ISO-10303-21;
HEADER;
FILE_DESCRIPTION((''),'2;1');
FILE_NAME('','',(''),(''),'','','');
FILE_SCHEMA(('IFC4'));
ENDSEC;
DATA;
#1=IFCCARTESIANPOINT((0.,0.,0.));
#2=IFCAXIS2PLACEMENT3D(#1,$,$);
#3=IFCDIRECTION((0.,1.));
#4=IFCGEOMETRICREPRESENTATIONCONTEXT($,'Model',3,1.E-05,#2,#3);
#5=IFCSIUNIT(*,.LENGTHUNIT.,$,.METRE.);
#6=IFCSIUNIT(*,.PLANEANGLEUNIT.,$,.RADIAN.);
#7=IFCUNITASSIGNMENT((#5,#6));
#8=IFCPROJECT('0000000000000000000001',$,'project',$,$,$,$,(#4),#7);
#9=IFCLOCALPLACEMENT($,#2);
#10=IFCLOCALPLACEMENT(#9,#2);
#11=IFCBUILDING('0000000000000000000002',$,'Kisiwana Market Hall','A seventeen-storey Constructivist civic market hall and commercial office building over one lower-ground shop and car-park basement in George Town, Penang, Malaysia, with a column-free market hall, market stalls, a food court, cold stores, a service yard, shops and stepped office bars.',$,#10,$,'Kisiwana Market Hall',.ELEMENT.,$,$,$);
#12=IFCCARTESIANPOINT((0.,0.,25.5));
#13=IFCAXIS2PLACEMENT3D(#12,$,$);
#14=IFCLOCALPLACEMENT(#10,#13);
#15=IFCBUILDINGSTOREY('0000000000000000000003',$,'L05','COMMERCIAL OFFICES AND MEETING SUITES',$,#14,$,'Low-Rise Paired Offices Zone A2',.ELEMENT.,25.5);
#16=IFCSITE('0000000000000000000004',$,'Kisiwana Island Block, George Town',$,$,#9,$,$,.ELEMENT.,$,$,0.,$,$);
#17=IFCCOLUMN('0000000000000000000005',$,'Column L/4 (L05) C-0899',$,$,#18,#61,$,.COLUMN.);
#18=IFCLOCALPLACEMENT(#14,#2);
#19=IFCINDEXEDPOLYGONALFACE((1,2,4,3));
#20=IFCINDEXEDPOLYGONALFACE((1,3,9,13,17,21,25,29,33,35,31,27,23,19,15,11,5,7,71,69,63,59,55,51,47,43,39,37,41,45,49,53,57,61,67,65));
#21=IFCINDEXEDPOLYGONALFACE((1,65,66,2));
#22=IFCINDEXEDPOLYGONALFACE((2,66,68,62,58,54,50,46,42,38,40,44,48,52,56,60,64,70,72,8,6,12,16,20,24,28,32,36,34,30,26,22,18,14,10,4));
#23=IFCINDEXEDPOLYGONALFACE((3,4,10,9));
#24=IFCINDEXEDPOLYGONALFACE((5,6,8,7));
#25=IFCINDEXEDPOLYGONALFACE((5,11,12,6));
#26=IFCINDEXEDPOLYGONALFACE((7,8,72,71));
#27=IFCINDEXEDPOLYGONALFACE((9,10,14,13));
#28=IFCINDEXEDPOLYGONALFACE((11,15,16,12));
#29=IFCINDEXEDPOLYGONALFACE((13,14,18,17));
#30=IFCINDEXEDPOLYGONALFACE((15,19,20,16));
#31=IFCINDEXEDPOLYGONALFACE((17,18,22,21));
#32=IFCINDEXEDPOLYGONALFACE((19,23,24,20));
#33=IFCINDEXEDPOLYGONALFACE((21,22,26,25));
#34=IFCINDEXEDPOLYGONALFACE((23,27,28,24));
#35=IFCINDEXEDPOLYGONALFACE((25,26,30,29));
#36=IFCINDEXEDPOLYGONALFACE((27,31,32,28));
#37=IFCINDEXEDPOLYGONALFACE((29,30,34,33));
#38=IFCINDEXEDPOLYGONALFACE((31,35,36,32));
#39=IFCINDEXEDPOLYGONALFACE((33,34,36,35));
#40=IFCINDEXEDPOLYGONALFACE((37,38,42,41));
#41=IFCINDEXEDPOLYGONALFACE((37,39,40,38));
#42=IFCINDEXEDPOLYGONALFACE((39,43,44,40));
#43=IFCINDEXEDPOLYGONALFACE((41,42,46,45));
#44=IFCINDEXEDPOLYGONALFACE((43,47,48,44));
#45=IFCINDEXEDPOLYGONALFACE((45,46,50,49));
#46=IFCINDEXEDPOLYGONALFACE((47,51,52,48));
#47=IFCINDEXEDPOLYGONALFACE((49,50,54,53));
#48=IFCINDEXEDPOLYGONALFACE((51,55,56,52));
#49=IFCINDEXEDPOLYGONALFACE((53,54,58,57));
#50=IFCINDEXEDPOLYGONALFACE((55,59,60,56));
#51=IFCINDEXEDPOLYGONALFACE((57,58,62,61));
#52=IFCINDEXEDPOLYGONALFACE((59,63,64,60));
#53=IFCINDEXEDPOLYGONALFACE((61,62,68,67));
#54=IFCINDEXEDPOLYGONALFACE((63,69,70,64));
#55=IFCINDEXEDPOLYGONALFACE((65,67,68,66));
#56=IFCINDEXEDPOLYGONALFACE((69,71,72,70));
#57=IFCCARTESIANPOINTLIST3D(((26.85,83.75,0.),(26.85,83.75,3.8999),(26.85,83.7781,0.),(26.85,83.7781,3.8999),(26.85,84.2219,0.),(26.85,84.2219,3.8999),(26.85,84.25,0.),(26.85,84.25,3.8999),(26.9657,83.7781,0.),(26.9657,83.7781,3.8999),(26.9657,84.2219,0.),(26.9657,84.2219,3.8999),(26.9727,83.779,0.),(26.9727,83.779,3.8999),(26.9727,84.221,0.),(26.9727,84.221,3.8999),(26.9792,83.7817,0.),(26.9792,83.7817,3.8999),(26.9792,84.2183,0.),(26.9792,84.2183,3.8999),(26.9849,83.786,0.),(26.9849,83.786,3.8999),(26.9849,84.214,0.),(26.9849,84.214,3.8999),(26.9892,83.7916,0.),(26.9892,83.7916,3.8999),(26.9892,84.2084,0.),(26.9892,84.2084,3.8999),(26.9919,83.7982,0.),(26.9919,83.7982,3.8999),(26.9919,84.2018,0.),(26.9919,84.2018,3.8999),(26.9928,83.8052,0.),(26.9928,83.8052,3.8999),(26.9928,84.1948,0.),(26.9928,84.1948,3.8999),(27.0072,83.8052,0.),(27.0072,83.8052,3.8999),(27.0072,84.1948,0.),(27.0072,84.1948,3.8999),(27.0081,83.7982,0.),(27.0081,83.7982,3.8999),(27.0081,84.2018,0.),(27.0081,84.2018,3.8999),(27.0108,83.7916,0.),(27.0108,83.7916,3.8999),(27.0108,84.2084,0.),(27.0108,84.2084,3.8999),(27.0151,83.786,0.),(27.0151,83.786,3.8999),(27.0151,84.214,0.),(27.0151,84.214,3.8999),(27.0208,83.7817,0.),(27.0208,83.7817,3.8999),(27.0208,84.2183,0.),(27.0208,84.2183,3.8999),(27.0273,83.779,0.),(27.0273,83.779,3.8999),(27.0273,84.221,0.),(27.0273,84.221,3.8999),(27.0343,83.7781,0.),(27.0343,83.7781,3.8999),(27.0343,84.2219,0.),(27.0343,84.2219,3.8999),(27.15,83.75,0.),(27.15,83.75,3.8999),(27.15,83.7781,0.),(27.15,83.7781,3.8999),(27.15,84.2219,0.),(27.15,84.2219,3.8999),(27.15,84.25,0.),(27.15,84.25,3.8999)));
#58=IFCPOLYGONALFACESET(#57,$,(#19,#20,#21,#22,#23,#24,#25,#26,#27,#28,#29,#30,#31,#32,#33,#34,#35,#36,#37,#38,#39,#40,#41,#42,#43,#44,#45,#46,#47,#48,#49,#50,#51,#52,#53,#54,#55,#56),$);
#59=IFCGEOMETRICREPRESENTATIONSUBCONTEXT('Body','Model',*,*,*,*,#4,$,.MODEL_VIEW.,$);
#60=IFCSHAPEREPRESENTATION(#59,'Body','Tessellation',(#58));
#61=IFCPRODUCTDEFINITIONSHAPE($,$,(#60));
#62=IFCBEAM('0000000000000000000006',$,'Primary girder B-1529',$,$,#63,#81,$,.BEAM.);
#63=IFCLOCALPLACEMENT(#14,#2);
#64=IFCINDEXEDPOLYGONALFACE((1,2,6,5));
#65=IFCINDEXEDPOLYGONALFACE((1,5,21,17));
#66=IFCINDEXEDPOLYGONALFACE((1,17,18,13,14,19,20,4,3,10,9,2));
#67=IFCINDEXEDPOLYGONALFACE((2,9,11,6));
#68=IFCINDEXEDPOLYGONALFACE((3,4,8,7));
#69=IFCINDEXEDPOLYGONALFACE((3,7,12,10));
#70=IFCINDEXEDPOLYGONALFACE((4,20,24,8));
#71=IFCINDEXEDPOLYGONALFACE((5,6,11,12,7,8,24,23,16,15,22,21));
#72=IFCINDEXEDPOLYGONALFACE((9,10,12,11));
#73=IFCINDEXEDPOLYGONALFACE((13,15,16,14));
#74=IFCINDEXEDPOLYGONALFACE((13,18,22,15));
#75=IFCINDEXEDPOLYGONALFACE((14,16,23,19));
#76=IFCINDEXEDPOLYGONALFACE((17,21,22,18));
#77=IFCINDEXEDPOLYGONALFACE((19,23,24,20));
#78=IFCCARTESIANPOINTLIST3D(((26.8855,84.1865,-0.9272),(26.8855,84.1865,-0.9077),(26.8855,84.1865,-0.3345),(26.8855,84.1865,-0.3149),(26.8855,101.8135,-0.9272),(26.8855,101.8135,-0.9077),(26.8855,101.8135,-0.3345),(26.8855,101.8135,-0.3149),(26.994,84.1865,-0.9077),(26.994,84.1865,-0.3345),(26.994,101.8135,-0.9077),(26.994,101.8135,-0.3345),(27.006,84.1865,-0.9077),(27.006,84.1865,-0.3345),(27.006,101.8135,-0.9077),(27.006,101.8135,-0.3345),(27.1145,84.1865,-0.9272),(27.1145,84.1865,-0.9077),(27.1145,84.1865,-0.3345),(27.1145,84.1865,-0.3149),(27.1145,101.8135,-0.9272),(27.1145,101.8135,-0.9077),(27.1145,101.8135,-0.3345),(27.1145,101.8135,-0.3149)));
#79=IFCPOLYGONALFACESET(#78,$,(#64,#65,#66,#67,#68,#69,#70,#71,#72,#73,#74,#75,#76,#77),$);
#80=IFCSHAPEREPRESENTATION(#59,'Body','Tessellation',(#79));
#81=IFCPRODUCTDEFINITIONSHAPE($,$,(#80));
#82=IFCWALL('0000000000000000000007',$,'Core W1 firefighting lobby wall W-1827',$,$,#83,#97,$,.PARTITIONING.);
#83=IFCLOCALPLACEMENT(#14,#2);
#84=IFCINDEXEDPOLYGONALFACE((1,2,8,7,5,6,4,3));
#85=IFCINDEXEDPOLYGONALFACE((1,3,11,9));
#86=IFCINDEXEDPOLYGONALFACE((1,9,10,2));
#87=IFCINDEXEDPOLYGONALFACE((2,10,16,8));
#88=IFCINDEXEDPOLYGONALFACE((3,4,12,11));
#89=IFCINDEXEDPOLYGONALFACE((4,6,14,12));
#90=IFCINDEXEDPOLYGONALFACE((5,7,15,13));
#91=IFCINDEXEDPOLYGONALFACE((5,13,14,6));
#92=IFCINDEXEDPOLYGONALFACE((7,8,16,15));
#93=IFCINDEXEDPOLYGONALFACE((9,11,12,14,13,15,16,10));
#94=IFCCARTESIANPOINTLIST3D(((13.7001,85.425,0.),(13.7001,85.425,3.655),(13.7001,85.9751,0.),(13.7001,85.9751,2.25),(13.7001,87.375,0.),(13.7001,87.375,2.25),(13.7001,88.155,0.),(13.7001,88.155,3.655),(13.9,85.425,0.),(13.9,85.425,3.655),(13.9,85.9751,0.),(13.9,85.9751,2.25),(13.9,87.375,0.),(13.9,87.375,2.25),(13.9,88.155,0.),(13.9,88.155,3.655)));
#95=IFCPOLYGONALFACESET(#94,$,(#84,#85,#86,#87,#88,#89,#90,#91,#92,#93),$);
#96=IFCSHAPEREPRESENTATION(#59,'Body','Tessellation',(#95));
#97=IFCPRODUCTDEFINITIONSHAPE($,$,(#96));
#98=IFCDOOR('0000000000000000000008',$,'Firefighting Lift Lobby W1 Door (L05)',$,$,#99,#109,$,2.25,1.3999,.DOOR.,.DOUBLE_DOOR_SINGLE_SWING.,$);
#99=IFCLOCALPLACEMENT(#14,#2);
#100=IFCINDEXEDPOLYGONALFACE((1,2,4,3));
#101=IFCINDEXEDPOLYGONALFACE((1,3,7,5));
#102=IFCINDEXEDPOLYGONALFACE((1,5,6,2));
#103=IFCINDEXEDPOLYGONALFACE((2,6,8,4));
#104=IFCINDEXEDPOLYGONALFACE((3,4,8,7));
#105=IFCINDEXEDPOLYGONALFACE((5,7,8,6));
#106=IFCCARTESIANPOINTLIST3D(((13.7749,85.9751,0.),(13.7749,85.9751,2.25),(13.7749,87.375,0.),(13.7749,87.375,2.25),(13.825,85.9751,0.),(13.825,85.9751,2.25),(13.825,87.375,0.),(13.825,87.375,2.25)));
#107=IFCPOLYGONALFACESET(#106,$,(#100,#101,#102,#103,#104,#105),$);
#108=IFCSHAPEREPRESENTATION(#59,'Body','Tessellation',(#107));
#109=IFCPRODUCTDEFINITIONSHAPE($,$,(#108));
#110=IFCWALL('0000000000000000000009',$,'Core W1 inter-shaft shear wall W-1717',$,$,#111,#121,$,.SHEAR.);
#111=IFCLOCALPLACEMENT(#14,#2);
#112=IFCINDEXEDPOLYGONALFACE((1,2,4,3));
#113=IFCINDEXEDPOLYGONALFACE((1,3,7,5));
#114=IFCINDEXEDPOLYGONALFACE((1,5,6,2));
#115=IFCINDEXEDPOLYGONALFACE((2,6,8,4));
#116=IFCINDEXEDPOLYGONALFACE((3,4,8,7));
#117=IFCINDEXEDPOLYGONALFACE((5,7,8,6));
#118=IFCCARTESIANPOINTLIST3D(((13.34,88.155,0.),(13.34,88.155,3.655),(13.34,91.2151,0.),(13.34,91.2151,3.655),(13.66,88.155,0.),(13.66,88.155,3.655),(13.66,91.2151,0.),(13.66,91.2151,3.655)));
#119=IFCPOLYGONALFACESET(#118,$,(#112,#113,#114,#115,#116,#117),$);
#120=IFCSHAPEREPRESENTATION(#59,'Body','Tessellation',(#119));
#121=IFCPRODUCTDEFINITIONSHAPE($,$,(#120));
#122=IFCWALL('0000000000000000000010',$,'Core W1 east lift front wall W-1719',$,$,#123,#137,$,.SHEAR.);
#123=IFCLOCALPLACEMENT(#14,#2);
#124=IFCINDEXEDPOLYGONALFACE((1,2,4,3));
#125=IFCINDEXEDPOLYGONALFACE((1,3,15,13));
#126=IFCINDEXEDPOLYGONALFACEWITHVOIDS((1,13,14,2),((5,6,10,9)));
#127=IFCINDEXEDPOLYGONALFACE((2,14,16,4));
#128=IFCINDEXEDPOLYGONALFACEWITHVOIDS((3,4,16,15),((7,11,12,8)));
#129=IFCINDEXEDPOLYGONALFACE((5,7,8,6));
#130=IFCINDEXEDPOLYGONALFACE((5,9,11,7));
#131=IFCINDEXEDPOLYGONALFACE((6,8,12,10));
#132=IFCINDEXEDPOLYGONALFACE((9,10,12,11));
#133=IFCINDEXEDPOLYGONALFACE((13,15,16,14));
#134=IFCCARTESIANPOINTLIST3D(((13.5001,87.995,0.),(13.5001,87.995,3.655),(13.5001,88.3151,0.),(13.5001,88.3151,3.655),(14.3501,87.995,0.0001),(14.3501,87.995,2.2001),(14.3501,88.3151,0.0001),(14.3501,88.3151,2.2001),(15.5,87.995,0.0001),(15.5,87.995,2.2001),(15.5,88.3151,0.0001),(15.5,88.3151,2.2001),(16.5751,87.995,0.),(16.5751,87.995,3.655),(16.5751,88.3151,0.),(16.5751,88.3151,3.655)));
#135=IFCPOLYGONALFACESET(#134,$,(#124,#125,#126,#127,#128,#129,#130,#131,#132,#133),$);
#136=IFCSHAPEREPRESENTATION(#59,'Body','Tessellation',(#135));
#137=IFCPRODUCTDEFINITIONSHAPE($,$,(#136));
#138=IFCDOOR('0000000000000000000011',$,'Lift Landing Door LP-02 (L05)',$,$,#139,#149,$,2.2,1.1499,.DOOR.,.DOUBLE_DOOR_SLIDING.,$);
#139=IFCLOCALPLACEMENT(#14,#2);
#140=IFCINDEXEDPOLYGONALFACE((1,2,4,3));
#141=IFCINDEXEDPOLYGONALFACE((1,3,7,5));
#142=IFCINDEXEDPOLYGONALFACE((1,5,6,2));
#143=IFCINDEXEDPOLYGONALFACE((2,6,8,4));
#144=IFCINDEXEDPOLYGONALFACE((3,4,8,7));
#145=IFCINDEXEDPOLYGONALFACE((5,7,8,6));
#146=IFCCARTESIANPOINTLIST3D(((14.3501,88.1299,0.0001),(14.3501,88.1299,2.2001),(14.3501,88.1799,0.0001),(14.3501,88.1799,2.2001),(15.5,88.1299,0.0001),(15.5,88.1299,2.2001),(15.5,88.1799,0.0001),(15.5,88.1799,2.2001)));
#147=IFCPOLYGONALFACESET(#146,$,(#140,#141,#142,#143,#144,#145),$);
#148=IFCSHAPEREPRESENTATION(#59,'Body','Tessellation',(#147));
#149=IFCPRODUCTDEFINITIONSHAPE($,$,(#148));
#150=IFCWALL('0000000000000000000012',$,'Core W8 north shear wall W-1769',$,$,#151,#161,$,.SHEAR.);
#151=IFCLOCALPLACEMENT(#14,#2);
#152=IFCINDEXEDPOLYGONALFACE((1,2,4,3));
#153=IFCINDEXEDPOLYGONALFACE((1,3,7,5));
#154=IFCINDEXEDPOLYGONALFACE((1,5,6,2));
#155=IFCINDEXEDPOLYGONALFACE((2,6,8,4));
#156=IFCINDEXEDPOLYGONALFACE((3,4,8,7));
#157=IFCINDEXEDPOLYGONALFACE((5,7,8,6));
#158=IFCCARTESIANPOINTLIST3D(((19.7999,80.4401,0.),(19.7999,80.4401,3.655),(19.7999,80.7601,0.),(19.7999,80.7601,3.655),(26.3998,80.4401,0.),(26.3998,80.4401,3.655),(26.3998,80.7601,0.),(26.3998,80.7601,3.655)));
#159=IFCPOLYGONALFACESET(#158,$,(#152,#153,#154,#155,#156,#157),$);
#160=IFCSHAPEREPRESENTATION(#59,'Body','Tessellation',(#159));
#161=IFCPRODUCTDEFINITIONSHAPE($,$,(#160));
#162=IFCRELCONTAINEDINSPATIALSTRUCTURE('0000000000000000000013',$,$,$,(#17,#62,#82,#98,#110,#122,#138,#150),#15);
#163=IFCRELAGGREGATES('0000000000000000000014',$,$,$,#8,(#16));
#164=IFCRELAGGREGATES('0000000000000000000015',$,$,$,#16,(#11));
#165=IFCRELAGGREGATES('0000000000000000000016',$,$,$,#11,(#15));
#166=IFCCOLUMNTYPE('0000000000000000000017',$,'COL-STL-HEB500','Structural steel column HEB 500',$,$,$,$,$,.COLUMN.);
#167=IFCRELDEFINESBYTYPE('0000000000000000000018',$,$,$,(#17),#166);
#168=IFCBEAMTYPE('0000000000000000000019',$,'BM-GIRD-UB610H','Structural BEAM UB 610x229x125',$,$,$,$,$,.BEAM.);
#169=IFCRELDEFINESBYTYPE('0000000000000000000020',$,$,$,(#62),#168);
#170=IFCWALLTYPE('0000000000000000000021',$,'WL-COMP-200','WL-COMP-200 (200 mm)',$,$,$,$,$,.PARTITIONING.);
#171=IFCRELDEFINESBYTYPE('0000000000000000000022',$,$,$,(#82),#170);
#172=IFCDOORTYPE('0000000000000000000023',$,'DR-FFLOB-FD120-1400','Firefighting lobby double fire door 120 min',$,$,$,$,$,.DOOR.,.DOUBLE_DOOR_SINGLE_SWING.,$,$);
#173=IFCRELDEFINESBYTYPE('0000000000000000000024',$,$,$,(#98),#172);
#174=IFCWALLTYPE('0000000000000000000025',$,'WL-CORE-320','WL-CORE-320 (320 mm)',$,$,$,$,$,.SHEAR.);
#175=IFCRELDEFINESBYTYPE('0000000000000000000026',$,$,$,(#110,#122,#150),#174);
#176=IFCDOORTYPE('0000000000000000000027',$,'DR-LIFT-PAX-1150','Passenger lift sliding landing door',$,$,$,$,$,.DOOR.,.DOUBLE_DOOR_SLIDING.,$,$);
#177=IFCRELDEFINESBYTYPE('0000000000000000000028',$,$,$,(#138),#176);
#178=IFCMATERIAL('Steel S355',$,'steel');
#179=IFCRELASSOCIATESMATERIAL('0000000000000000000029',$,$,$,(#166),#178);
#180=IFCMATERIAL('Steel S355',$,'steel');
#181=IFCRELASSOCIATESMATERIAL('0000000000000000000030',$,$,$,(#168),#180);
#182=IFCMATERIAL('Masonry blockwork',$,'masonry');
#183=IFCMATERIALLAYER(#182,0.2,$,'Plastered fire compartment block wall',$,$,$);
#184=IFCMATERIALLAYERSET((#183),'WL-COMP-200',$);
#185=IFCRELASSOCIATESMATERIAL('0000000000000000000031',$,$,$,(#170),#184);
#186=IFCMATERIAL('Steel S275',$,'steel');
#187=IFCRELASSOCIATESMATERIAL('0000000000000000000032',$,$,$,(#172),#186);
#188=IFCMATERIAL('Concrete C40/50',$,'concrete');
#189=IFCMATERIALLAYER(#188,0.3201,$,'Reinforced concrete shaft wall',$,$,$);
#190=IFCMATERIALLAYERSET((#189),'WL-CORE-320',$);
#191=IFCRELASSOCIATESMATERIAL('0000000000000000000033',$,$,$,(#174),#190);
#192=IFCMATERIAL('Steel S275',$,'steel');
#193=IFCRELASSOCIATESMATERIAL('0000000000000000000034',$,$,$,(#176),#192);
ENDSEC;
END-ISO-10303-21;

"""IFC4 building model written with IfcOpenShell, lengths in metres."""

from ifc_helpers import new_model, si_unit, direction, frame, frame_2d, origin, origin_2d, place, context, subcontext, project, spatial, rectangle, i_section, extrude, material, layer, layer_set, material_profile, profile_set, type_object, element, fill, save


model = new_model("IFC4")

# Units and contexts
model_context = context("Model", 3, precision=1e-05, world=origin(), true_north=direction((0.0, 1.0)))
body_context = subcontext(model_context, "Body", "Model", "MODEL_VIEW")
ifc_project = project(units=[si_unit("LENGTHUNIT", "METRE"), si_unit("PLANEANGLEUNIT", "RADIAN")], contexts=[model_context])

# Site, building, storey
site_placement = place(None, origin())
site = spatial("IfcSite", under=ifc_project, at=site_placement, Name="Kisiwana Island Block, George Town", CompositionType="ELEMENT", RefElevation=0.0)
building_placement = place(site_placement, origin())
building = spatial("IfcBuilding", under=site, at=building_placement, Name="Kisiwana Market Hall", Description="A seventeen-storey Constructivist civic market hall and commercial office building over one lower-ground shop and car-park basement in George Town, Penang, Malaysia, with a column-free market hall, market stalls, a food court, cold stores, a service yard, shops and stepped office bars.", LongName="Kisiwana Market Hall", CompositionType="ELEMENT")
storey_placement = place(building_placement, frame((0.0, 0.0, 25.5)))
storey = spatial("IfcBuildingStorey", under=building, at=storey_placement, Name="L05", Description="COMMERCIAL OFFICES AND MEETING SUITES", LongName="Low-Rise Paired Offices Zone A2", CompositionType="ELEMENT", Elevation=25.5)

# Column
ifc_material_1 = material(Name="Steel S355", Category="steel")
ifc_material_profile_1 = material_profile(ifc_material_1, i_section(OverallWidth=0.3, OverallDepth=0.5, WebThickness=0.0144, FlangeThickness=0.0281, FilletRadius=0.0271, at=origin_2d()), Name="HEB 500")
ifc_profile_set_1 = profile_set([ifc_material_profile_1], Name="Steel S355")
column_type = type_object("IfcColumnType", Name="COL-STL-HEB500", Description="Structural steel column HEB 500", PredefinedType="COLUMN", material=ifc_profile_set_1)
column_placement = place(storey_placement, frame((27.0, 84.0, 0.0), z_axis=(0.0, 0.0, 1.0), x_axis=(1.0, 0.0, 0.0)))
element("IfcColumn", 1, at=column_placement, inside=storey, type_object=column_type, Name="Column L/4 (L05) C-0899", PredefinedType="COLUMN", context=body_context, shape_type="SweptSolid", body=[
    extrude(i_section(OverallWidth=0.3, OverallDepth=0.5, WebThickness=0.0144, FlangeThickness=0.0281, FilletRadius=0.0271, at=origin_2d()), origin(), (0.0, 0.0, 1.0), 3.8999),
])

# Beam
ifc_material_2 = material(Name="Steel S355", Category="steel")
ifc_material_profile_2 = material_profile(ifc_material_2, i_section(OverallWidth=0.229, OverallDepth=0.6123, WebThickness=0.012, FlangeThickness=0.0195, at=origin_2d()), Name="UB 610x229x125")
ifc_profile_set_2 = profile_set([ifc_material_profile_2], Name="Steel S355")
beam_type = type_object("IfcBeamType", Name="BM-GIRD-UB610H", Description="Structural BEAM UB 610x229x125", PredefinedType="BEAM", material=ifc_profile_set_2)
beam_placement = place(storey_placement, frame((27.0, 84.1865, -0.6211), z_axis=(0.0, 1.0, 0.0), x_axis=(-1.0, 0.0, 0.0)))
element("IfcBeam", 2, at=beam_placement, inside=storey, type_object=beam_type, Name="Primary girder B-1529", PredefinedType="BEAM", context=body_context, shape_type="SweptSolid", body=[
    extrude(i_section(OverallWidth=0.229, OverallDepth=0.6123, WebThickness=0.012, FlangeThickness=0.0195, at=origin_2d()), origin(), (0.0, 0.0, 1.0), 17.627),
])

# Wall, opening, door
ifc_material_3 = material(Name="Masonry blockwork", Category="masonry")
ifc_layer_1 = layer(ifc_material_3, 0.2, Name="Plastered fire compartment block wall")
ifc_layer_set_1 = layer_set([ifc_layer_1], Name="WL-COMP-200")
wall_type_1 = type_object("IfcWallType", Name="WL-COMP-200", Description="WL-COMP-200 (200 mm)", PredefinedType="PARTITIONING", material=ifc_layer_set_1)
wall_1_placement = place(storey_placement, frame((13.8, 85.425, 0.0), z_axis=(0.0, 0.0, 1.0), x_axis=(0.0, 1.0, 0.0)))
wall_1 = element("IfcWall", 3, at=wall_1_placement, inside=storey, type_object=wall_type_1, Name="Core W1 firefighting lobby wall W-1827", PredefinedType="PARTITIONING", context=body_context, shape_type="SweptSolid", body=[
    extrude(rectangle(XDim=2.73, YDim=0.2, at=frame_2d((1.365, 0.0))), origin(), (0.0, 0.0, 1.0), 3.655),
])
opening_1_placement = place(wall_1_placement, frame((0.55, 0.0, 0.0)))
opening_1 = element("IfcOpeningElement", 4, at=opening_1_placement, cuts=wall_1, PredefinedType="OPENING", context=body_context, shape_type="SweptSolid", body=[
    extrude(rectangle(XDim=1.3999, YDim=2.25, at=frame_2d((0.7, 1.125))), frame((0.0, 0.1118, 0.0), z_axis=(0.0, -1.0, 0.0), x_axis=(1.0, 0.0, 0.0)), (0.0, 0.0, 1.0), 0.2239),
])
ifc_material_4 = material(Name="Steel S275", Category="steel")
door_type_1 = type_object("IfcDoorType", Name="DR-FFLOB-FD120-1400", Description="Firefighting lobby double fire door 120 min", OperationType="DOUBLE_DOOR_SINGLE_SWING", PredefinedType="DOOR", material=ifc_material_4)
door_1_placement = place(opening_1_placement, frame((1.3999, 0.0, 0.0), z_axis=(0.0, 0.0, 1.0), x_axis=(-1.0, 0.0, 0.0)))
door_1 = element("IfcDoor", 5, at=door_1_placement, inside=storey, type_object=door_type_1, Name="Firefighting Lift Lobby W1 Door (L05)", OperationType="DOUBLE_DOOR_SINGLE_SWING", OverallHeight=2.25, OverallWidth=1.3999, PredefinedType="DOOR", context=body_context, shape_type="SweptSolid", body=[
    extrude(rectangle(XDim=1.3999, YDim=2.25, at=frame_2d((0.7, 1.125))), frame((0.0, 0.0249, 0.0), z_axis=(0.0, -1.0, 0.0), x_axis=(1.0, 0.0, 0.0)), (0.0, 0.0, 1.0), 0.05),
])
fill(opening_1, door_1)

# Wall
ifc_material_5 = material(Name="Concrete C40/50", Category="concrete")
ifc_layer_2 = layer(ifc_material_5, 0.3201, Name="Reinforced concrete shaft wall")
ifc_layer_set_2 = layer_set([ifc_layer_2], Name="WL-CORE-320")
wall_type_2 = type_object("IfcWallType", Name="WL-CORE-320", Description="WL-CORE-320 (320 mm)", PredefinedType="SHEAR", material=ifc_layer_set_2)
wall_2_placement = place(storey_placement, frame((13.5, 88.155, 0.0), z_axis=(0.0, 0.0, 1.0), x_axis=(0.0, 1.0, 0.0)))
element("IfcWall", 6, at=wall_2_placement, inside=storey, type_object=wall_type_2, Name="Core W1 inter-shaft shear wall W-1717", PredefinedType="SHEAR", context=body_context, shape_type="SweptSolid", body=[
    extrude(rectangle(XDim=3.0601, YDim=0.3201, at=frame_2d((1.53, 0.0))), origin(), (0.0, 0.0, 1.0), 3.655),
])

# Wall, opening, door
wall_3_placement = place(storey_placement, frame((13.5, 88.155, 0.0), z_axis=(0.0, 0.0, 1.0), x_axis=(1.0, 0.0, 0.0)))
wall_3 = element("IfcWall", 7, at=wall_3_placement, inside=storey, type_object=wall_type_2, Name="Core W1 east lift front wall W-1719", PredefinedType="SHEAR", context=body_context, shape_type="SweptSolid", body=[
    extrude(rectangle(XDim=3.075, YDim=0.3201, at=frame_2d((1.5376, 0.0))), origin(), (0.0, 0.0, 1.0), 3.655),
])
opening_2_placement = place(wall_3_placement, frame((0.8501, 0.0, 0.0)))
opening_2 = element("IfcOpeningElement", 8, at=opening_2_placement, cuts=wall_3, PredefinedType="OPENING", context=body_context, shape_type="SweptSolid", body=[
    extrude(rectangle(XDim=1.1499, YDim=2.2, at=frame_2d((0.575, 1.1001))), frame((0.0, 0.1719, 0.0), z_axis=(0.0, -1.0, 0.0), x_axis=(1.0, 0.0, 0.0)), (0.0, 0.0, 1.0), 0.344),
])
ifc_material_6 = material(Name="Steel S275", Category="steel")
door_type_2 = type_object("IfcDoorType", Name="DR-LIFT-PAX-1150", Description="Passenger lift sliding landing door", OperationType="DOUBLE_DOOR_SLIDING", PredefinedType="DOOR", material=ifc_material_6)
door_2_placement = place(opening_2_placement, origin())
door_2 = element("IfcDoor", 9, at=door_2_placement, inside=storey, type_object=door_type_2, Name="Lift Landing Door LP-02 (L05)", OperationType="DOUBLE_DOOR_SLIDING", OverallHeight=2.2, OverallWidth=1.1499, PredefinedType="DOOR", context=body_context, shape_type="SweptSolid", body=[
    extrude(rectangle(XDim=1.1499, YDim=2.2, at=frame_2d((0.575, 1.1001))), frame((0.0, 0.0249, 0.0), z_axis=(0.0, -1.0, 0.0), x_axis=(1.0, 0.0, 0.0)), (0.0, 0.0, 1.0), 0.05),
])
fill(opening_2, door_2)

# Wall
wall_4_placement = place(storey_placement, frame((19.8, 80.6001, 0.0), z_axis=(0.0, 0.0, 1.0), x_axis=(1.0, 0.0, 0.0)))
element("IfcWall", 10, at=wall_4_placement, inside=storey, type_object=wall_type_2, Name="Core W8 north shear wall W-1769", PredefinedType="SHEAR", context=body_context, shape_type="SweptSolid", body=[
    extrude(rectangle(XDim=6.5999, YDim=0.3201, at=frame_2d((3.2998, 0.0))), origin(), (0.0, 0.0, 1.0), 3.655),
])

save(model, "model.ifc")
